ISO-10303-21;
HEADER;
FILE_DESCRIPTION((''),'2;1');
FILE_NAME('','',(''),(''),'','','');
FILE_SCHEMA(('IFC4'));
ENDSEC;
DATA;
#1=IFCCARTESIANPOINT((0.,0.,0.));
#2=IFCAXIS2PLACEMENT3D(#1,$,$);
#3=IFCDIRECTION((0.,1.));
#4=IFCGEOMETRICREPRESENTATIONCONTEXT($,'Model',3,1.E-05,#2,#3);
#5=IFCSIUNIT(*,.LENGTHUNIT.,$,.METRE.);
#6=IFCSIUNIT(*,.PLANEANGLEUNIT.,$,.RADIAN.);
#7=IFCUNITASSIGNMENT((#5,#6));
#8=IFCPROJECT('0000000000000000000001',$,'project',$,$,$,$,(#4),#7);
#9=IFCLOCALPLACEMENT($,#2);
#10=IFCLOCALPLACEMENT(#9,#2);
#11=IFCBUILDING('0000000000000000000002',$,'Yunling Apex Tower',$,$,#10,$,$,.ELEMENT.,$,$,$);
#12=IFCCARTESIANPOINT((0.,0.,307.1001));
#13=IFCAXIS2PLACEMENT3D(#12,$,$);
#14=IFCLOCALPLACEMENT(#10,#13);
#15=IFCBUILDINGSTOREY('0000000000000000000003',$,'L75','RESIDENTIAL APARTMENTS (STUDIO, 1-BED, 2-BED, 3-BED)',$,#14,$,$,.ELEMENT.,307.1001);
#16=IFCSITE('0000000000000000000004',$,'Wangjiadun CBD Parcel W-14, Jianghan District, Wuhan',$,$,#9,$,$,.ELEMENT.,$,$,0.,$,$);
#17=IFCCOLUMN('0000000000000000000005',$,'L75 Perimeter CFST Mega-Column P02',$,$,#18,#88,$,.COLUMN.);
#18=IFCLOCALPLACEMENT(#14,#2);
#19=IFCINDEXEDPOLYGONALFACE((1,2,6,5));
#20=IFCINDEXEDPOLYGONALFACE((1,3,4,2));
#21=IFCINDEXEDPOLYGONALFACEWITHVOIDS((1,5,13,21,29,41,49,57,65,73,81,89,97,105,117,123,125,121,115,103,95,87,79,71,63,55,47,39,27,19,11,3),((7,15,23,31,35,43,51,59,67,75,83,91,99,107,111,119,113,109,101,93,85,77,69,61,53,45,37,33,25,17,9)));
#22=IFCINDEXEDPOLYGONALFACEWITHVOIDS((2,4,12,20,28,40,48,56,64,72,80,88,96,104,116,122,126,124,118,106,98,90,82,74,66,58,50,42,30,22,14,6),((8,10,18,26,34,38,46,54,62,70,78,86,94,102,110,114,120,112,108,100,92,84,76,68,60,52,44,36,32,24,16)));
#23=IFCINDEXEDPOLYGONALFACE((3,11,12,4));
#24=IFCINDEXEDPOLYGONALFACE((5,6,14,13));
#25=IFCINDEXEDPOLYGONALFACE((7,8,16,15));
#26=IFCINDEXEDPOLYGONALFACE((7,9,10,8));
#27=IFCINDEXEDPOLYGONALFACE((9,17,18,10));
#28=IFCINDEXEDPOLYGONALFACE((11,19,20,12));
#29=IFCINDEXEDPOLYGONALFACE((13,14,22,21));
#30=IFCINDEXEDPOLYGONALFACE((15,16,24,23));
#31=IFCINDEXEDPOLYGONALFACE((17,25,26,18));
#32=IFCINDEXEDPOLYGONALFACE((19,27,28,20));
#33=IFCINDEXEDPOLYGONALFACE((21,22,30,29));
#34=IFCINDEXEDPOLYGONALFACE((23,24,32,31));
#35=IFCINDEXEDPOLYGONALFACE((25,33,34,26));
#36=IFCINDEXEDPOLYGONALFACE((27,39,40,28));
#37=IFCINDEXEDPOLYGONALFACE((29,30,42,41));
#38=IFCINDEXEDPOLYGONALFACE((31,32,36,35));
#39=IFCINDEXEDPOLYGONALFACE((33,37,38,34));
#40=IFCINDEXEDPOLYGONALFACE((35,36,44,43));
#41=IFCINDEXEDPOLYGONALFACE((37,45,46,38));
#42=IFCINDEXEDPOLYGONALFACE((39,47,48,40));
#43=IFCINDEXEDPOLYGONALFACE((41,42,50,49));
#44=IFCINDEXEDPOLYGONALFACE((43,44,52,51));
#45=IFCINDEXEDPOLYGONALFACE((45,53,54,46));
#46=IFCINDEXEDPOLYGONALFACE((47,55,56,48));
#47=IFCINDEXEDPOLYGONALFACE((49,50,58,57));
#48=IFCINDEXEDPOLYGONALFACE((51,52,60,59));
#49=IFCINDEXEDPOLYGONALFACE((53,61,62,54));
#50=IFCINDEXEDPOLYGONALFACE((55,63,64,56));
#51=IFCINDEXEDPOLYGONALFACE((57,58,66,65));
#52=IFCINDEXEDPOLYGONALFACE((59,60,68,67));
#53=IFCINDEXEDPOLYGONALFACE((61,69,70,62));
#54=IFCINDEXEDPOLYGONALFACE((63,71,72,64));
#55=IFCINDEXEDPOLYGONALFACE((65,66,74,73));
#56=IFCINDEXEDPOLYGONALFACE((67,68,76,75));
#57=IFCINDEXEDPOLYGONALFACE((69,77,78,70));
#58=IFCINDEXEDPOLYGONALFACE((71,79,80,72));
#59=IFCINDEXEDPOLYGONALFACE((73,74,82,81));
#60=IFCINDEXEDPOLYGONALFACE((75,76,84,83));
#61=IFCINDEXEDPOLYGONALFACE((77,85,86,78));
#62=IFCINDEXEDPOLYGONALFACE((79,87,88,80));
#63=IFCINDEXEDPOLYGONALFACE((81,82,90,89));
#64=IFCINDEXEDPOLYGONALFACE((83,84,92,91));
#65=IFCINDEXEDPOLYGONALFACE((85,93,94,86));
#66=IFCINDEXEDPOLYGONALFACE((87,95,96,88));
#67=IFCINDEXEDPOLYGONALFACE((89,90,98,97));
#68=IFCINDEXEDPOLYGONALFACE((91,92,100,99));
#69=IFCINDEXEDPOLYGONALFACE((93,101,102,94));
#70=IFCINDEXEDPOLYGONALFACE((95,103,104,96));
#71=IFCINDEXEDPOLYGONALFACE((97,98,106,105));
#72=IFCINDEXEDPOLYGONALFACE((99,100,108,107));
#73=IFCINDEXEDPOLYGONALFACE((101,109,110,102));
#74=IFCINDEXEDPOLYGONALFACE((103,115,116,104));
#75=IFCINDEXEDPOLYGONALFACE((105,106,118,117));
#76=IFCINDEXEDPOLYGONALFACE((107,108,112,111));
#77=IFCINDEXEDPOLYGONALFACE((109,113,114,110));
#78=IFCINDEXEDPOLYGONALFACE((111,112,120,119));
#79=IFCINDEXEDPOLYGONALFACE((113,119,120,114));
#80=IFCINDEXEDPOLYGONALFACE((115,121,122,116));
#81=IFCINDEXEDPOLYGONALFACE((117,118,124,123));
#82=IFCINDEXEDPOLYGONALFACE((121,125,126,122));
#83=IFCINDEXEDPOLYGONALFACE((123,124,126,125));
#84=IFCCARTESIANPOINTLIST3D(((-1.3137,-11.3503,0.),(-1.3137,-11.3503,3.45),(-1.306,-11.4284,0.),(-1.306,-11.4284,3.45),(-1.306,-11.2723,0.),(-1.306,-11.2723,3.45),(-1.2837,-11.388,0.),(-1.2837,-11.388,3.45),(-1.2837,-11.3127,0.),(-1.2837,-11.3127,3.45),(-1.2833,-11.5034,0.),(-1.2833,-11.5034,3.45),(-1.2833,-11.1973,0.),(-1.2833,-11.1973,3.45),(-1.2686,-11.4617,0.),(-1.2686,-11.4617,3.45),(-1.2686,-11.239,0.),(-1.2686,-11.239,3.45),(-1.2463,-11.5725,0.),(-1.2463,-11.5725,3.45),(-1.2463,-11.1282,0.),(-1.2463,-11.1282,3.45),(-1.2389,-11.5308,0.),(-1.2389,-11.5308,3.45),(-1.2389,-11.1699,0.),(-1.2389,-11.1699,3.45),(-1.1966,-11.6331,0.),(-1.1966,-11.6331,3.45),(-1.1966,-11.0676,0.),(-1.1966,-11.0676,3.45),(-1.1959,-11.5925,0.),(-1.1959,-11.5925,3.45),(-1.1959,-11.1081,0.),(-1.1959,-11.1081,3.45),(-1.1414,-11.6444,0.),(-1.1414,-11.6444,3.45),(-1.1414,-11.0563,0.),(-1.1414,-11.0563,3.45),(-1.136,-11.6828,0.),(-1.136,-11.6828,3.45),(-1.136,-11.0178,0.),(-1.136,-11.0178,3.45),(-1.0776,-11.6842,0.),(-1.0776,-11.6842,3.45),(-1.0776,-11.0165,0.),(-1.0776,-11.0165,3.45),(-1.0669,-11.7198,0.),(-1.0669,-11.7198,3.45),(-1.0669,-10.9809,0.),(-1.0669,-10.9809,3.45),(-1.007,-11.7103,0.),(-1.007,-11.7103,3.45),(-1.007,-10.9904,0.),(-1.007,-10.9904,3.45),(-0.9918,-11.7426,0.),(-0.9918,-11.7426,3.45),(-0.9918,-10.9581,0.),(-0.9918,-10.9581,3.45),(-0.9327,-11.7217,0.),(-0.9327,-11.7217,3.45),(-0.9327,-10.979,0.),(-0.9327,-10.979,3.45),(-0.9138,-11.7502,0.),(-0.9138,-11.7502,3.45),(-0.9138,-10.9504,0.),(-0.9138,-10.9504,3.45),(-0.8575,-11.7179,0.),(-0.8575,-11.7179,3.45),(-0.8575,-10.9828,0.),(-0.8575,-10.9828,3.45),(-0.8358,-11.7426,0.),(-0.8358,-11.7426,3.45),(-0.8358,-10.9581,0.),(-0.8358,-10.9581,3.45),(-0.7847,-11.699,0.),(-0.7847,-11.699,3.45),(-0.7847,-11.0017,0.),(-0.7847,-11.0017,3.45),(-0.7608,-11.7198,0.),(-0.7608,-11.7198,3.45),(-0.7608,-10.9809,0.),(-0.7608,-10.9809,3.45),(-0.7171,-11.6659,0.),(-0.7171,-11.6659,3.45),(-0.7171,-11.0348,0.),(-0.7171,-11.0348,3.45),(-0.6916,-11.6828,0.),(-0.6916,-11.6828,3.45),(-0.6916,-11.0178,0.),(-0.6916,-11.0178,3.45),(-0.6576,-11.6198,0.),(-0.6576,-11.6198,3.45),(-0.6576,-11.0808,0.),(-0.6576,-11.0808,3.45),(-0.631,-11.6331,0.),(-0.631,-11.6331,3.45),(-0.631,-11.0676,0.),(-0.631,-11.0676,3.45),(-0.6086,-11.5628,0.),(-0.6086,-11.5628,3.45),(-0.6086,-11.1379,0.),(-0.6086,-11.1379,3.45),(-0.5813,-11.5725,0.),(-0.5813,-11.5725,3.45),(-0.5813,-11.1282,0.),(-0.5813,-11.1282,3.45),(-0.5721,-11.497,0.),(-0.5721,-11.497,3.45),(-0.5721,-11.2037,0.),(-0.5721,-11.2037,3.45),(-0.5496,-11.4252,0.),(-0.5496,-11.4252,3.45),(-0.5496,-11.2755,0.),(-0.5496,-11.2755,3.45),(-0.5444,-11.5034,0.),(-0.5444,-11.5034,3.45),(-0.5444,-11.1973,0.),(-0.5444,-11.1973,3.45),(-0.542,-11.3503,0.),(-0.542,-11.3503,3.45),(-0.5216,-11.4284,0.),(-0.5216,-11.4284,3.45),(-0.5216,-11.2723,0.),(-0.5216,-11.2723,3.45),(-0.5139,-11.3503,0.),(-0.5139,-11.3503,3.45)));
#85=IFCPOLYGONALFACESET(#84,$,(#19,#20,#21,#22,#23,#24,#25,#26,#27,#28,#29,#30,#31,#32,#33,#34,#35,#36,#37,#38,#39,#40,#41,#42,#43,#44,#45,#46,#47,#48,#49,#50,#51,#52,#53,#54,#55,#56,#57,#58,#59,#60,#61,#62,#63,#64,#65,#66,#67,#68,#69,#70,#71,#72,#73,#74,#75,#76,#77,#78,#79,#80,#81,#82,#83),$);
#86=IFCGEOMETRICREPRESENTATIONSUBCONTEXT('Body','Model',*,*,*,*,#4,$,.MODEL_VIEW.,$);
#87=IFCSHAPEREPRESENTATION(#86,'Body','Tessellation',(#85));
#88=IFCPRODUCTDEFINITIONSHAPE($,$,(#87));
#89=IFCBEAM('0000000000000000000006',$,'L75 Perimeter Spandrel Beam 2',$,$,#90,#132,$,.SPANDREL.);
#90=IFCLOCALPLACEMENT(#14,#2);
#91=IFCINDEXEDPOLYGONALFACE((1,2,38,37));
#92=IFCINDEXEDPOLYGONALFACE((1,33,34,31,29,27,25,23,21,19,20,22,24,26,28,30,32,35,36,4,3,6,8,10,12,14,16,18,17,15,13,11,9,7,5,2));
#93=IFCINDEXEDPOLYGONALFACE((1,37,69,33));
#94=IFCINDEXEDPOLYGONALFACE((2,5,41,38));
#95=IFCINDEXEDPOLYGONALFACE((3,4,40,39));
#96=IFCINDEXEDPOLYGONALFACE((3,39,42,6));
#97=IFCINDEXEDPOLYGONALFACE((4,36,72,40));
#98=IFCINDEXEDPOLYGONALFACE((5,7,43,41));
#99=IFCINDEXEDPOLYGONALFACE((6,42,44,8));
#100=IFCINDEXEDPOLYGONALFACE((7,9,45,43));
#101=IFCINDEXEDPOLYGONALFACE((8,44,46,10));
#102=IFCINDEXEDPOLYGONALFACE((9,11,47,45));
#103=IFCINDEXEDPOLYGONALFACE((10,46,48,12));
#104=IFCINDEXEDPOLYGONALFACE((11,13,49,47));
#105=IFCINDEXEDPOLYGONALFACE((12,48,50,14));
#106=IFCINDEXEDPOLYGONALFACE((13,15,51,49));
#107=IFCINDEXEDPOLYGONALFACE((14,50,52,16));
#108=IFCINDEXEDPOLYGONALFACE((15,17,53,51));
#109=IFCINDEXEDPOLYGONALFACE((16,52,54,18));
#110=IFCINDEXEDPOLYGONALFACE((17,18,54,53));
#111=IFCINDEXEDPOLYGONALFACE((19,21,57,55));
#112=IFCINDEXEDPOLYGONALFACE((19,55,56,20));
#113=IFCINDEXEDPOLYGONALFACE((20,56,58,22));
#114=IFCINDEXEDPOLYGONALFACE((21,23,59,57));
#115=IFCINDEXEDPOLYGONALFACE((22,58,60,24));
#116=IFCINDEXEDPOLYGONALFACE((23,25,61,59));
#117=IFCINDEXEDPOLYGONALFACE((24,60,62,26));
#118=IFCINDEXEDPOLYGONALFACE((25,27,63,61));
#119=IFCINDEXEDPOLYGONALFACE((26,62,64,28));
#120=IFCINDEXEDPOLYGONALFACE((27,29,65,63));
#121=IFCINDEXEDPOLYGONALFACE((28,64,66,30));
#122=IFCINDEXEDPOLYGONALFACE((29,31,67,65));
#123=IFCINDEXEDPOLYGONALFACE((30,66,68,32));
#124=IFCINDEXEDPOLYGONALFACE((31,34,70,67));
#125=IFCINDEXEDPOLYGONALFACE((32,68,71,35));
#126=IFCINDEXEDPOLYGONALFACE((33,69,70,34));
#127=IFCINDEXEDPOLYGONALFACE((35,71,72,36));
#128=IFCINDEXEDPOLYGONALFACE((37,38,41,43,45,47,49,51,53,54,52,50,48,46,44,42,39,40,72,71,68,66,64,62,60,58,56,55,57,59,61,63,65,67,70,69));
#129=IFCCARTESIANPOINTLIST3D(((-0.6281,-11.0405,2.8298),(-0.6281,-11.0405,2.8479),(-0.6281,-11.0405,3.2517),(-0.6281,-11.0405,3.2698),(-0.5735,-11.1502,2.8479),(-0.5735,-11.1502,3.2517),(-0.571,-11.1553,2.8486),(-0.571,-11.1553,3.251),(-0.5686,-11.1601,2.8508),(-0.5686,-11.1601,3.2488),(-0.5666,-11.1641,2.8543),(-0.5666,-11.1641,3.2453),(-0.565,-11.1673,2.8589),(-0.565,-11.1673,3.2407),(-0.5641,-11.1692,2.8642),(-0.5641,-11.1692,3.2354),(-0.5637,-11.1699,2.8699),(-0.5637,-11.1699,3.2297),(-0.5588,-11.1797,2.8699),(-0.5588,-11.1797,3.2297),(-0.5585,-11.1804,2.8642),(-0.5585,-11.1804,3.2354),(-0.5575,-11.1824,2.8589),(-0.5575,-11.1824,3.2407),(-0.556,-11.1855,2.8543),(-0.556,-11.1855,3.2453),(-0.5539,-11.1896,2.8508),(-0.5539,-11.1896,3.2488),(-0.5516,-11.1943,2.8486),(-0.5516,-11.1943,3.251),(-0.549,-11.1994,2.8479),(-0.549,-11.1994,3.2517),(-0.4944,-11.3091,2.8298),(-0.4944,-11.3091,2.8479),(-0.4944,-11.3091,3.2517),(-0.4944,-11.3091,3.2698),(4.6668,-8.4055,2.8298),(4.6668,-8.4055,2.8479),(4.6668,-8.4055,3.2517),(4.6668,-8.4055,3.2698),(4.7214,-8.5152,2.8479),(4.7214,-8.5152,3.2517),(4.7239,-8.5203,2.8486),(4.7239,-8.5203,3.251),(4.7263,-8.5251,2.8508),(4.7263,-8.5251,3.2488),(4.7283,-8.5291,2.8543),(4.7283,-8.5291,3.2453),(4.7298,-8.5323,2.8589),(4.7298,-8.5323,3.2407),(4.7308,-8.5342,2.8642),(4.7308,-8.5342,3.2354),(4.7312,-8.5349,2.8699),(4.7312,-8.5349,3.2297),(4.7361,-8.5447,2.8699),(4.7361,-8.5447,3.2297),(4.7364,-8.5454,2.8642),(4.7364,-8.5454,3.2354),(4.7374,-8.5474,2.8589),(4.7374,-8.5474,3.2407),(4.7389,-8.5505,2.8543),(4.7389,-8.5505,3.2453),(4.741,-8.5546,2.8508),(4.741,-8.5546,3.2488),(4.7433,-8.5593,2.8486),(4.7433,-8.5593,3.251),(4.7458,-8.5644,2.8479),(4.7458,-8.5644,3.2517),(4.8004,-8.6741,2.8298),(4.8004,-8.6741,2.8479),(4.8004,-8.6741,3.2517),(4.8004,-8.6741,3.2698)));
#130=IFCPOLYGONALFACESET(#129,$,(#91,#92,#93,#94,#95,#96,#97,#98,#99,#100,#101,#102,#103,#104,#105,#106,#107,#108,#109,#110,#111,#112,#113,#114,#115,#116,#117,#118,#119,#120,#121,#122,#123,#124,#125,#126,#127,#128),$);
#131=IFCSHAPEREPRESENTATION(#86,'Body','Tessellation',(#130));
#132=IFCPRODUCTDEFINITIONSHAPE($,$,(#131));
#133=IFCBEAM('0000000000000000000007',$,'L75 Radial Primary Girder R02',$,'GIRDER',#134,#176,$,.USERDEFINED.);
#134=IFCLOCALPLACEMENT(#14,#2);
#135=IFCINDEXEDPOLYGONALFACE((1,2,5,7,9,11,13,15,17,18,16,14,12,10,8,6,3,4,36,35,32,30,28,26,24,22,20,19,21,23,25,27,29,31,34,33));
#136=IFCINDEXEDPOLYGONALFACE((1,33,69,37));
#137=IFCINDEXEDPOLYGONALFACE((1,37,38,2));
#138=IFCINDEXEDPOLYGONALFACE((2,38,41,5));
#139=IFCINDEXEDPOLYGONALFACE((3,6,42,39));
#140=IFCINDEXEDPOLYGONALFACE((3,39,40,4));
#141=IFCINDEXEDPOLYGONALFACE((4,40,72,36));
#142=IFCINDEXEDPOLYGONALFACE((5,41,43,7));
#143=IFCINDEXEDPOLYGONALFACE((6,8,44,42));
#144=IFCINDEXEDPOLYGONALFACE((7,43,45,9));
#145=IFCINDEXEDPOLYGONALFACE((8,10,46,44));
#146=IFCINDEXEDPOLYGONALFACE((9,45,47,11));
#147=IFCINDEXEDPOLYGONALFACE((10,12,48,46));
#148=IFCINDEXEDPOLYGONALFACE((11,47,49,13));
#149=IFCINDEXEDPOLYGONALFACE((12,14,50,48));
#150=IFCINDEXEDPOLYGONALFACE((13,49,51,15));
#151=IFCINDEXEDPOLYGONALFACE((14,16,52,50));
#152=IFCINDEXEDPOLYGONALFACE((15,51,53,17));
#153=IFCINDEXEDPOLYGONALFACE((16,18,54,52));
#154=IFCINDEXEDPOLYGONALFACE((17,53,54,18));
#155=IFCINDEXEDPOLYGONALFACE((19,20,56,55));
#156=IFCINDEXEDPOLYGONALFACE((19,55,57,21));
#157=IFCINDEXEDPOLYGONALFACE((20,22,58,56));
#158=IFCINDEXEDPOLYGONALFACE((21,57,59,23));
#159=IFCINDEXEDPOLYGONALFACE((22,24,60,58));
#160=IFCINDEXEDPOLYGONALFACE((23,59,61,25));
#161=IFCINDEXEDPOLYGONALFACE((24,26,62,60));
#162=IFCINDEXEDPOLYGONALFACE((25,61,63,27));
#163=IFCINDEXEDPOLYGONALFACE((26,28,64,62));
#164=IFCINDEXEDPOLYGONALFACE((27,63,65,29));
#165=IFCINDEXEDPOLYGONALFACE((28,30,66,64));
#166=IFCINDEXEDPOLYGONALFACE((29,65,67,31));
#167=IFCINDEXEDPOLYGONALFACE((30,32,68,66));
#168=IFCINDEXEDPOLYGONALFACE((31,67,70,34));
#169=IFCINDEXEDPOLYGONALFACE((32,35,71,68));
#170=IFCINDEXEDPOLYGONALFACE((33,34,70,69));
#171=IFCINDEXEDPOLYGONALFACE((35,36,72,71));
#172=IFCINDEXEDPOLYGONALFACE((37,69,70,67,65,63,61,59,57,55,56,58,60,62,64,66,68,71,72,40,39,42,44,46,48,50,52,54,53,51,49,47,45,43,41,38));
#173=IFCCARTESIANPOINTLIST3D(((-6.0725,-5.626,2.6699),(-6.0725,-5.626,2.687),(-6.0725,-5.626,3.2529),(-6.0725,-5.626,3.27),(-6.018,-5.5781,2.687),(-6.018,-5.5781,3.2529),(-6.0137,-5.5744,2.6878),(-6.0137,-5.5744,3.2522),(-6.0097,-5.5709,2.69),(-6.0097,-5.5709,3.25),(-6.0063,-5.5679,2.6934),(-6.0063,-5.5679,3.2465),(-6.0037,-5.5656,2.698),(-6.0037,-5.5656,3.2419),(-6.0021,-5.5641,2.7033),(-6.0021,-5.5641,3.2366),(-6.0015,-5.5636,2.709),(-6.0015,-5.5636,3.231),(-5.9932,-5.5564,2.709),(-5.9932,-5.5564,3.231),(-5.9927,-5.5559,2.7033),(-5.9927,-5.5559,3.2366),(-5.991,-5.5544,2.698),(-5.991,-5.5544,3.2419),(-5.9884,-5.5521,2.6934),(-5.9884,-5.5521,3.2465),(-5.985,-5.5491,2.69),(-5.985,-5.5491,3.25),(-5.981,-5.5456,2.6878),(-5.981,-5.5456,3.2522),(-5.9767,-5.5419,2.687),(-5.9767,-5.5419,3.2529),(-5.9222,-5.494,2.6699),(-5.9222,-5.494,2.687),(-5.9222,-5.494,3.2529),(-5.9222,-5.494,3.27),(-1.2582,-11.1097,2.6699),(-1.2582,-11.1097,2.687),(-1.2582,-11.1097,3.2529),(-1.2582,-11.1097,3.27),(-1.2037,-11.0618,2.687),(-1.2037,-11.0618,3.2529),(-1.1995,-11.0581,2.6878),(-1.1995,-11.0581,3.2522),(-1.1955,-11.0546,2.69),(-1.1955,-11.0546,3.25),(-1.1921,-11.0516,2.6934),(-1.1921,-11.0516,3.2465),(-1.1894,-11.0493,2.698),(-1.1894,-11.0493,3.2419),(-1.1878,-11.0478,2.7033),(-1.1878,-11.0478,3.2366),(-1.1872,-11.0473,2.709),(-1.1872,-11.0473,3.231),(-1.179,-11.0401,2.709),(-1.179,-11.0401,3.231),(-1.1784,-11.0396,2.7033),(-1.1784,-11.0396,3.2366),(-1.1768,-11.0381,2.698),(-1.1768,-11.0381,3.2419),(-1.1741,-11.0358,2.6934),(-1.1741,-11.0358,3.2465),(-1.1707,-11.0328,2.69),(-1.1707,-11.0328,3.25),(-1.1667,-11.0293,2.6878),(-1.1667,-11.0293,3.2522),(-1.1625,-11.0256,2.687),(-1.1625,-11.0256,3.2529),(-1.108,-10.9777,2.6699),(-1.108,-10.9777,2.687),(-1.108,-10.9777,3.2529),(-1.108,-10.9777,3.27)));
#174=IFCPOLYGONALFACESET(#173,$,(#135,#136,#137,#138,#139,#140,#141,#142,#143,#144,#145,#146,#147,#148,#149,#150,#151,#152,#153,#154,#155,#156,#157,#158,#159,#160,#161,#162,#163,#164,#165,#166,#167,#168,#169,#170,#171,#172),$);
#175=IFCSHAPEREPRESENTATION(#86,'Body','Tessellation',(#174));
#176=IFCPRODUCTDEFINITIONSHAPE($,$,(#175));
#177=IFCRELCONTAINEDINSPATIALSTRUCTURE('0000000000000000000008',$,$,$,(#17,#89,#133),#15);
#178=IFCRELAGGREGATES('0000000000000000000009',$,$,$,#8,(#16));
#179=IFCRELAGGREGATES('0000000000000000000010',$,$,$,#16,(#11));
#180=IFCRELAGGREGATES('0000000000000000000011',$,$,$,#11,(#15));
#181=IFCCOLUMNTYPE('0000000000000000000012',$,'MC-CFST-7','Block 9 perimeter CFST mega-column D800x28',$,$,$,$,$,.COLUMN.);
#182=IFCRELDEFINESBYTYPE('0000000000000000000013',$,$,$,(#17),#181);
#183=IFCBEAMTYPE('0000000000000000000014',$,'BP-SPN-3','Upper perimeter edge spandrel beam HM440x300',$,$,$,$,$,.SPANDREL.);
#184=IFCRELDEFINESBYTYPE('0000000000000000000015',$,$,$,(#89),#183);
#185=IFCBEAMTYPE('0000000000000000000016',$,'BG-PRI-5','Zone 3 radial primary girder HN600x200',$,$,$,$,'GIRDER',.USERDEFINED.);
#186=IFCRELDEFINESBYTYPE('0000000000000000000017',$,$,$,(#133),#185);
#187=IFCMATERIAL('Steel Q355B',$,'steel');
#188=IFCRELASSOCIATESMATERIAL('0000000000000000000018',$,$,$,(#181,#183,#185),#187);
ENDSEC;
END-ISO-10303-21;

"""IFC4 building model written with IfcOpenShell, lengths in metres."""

from ifc_helpers import new_model, si_unit, direction, frame, origin, origin_2d, place, context, subcontext, project, spatial, hollow_circle, i_section, extrude, source, transform, mapped, material, material_profile, profile_set, type_object, element, save


model = new_model("IFC4")

# Units and contexts
model_context = context("Model", 3, precision=1e-05, world=origin(), true_north=direction((0.0, 1.0)))
body_context = subcontext(model_context, "Body", "Model", "MODEL_VIEW")
ifc_project = project(units=[si_unit("LENGTHUNIT", "METRE"), si_unit("PLANEANGLEUNIT", "RADIAN")], contexts=[model_context])

# Site, building, storey
site_placement = place(None, origin())
site = spatial("IfcSite", under=ifc_project, at=site_placement, Name="Wangjiadun CBD Parcel W-14, Jianghan District, Wuhan", CompositionType="ELEMENT", RefElevation=0.0)
building_placement = place(site_placement, origin())
building = spatial("IfcBuilding", under=site, at=building_placement, Name="Yunling Apex Tower", CompositionType="ELEMENT")
storey_placement = place(building_placement, frame((0.0, 0.0, 307.1001)))
storey = spatial("IfcBuildingStorey", under=building, at=storey_placement, Name="L75", Description="RESIDENTIAL APARTMENTS (STUDIO, 1-BED, 2-BED, 3-BED)", CompositionType="ELEMENT", Elevation=307.1001)

# Column
ifc_material_1 = material(Name="Steel Q355B", Category="steel")
ifc_material_profile_1 = material_profile(ifc_material_1, hollow_circle(Radius=0.3999, WallThickness=0.0281, at=origin_2d()))
ifc_profile_set_1 = profile_set([ifc_material_profile_1], Name="Steel Q355B")
column_type = type_object("IfcColumnType", Name="MC-CFST-7", Description="Block 9 perimeter CFST mega-column D800x28", PredefinedType="COLUMN", material=ifc_profile_set_1)
shared_shape_1 = source(origin(), body_context, "Body", "SweptSolid", [
    extrude(hollow_circle(Radius=0.3999, WallThickness=0.0281, at=origin_2d()), origin(), (0.0, 0.0, 1.0), 3.45),
])
column_placement = place(storey_placement, frame((-0.9138, -11.3503, 0.0), z_axis=(0.0, 0.0, 1.0), x_axis=(1.0, 0.0, 0.0)))
element("IfcColumn", 1, at=column_placement, inside=storey, type_object=column_type, Name="L75 Perimeter CFST Mega-Column P02", PredefinedType="COLUMN", context=body_context, shape_type="MappedRepresentation", body=[
    mapped(shared_shape_1, transform((0.0, 0.0, 0.0), scale=1.0)),
])

# Beams
ifc_material_profile_2 = material_profile(ifc_material_1, i_section(OverallWidth=0.3, OverallDepth=0.4399, WebThickness=0.011, FlangeThickness=0.0181, FilletRadius=0.022, at=origin_2d()))
ifc_profile_set_2 = profile_set([ifc_material_profile_2], Name="Steel Q355B")
beam_type_1 = type_object("IfcBeamType", Name="BP-SPN-3", Description="Upper perimeter edge spandrel beam HM440x300", PredefinedType="SPANDREL", material=ifc_profile_set_2)
shared_shape_2 = source(origin(), body_context, "Body", "SweptSolid", [
    extrude(i_section(OverallWidth=0.3, OverallDepth=0.4399, WebThickness=0.011, FlangeThickness=0.0181, FilletRadius=0.022, at=origin_2d()), origin(), (0.0, 0.0, 1.0), 5.9143),
])
beam_1_placement = place(storey_placement, frame((-0.5613, -11.1748, 3.0498), z_axis=(0.895268, 0.445529, 0.0), x_axis=(-0.445529, 0.895268, 0.0)))
element("IfcBeam", 2, at=beam_1_placement, inside=storey, type_object=beam_type_1, Name="L75 Perimeter Spandrel Beam 2", PredefinedType="SPANDREL", context=body_context, shape_type="MappedRepresentation", body=[
    mapped(shared_shape_2, transform((0.0, 0.0, 0.0), scale=1.0)),
])
ifc_material_profile_3 = material_profile(ifc_material_1, i_section(OverallWidth=0.2, OverallDepth=0.6001, WebThickness=0.011, FlangeThickness=0.0171, FilletRadius=0.022, at=origin_2d()))
ifc_profile_set_3 = profile_set([ifc_material_profile_3], Name="Steel Q355B")
beam_type_2 = type_object("IfcBeamType", Name="BG-PRI-5", Description="Zone 3 radial primary girder HN600x200", ElementType="GIRDER", PredefinedType="USERDEFINED", material=ifc_profile_set_3)
shared_shape_3 = source(origin(), body_context, "Body", "SweptSolid", [
    extrude(i_section(OverallWidth=0.2, OverallDepth=0.6001, WebThickness=0.011, FlangeThickness=0.0171, FilletRadius=0.022, at=origin_2d()), origin(), (0.0, 0.0, 1.0), 7.2971),
])
beam_2_placement = place(storey_placement, frame((-1.1831, -11.0437, 2.97), z_axis=(-0.659747, 0.751488, 0.0), x_axis=(-0.751488, -0.659747, 0.0)))
element("IfcBeam", 3, at=beam_2_placement, inside=storey, type_object=beam_type_2, Name="L75 Radial Primary Girder R02", ObjectType="GIRDER", PredefinedType="USERDEFINED", context=body_context, shape_type="MappedRepresentation", body=[
    mapped(shared_shape_3, transform((0.0, 0.0, 0.0), scale=1.0)),
])

save(model, "model.ifc")
